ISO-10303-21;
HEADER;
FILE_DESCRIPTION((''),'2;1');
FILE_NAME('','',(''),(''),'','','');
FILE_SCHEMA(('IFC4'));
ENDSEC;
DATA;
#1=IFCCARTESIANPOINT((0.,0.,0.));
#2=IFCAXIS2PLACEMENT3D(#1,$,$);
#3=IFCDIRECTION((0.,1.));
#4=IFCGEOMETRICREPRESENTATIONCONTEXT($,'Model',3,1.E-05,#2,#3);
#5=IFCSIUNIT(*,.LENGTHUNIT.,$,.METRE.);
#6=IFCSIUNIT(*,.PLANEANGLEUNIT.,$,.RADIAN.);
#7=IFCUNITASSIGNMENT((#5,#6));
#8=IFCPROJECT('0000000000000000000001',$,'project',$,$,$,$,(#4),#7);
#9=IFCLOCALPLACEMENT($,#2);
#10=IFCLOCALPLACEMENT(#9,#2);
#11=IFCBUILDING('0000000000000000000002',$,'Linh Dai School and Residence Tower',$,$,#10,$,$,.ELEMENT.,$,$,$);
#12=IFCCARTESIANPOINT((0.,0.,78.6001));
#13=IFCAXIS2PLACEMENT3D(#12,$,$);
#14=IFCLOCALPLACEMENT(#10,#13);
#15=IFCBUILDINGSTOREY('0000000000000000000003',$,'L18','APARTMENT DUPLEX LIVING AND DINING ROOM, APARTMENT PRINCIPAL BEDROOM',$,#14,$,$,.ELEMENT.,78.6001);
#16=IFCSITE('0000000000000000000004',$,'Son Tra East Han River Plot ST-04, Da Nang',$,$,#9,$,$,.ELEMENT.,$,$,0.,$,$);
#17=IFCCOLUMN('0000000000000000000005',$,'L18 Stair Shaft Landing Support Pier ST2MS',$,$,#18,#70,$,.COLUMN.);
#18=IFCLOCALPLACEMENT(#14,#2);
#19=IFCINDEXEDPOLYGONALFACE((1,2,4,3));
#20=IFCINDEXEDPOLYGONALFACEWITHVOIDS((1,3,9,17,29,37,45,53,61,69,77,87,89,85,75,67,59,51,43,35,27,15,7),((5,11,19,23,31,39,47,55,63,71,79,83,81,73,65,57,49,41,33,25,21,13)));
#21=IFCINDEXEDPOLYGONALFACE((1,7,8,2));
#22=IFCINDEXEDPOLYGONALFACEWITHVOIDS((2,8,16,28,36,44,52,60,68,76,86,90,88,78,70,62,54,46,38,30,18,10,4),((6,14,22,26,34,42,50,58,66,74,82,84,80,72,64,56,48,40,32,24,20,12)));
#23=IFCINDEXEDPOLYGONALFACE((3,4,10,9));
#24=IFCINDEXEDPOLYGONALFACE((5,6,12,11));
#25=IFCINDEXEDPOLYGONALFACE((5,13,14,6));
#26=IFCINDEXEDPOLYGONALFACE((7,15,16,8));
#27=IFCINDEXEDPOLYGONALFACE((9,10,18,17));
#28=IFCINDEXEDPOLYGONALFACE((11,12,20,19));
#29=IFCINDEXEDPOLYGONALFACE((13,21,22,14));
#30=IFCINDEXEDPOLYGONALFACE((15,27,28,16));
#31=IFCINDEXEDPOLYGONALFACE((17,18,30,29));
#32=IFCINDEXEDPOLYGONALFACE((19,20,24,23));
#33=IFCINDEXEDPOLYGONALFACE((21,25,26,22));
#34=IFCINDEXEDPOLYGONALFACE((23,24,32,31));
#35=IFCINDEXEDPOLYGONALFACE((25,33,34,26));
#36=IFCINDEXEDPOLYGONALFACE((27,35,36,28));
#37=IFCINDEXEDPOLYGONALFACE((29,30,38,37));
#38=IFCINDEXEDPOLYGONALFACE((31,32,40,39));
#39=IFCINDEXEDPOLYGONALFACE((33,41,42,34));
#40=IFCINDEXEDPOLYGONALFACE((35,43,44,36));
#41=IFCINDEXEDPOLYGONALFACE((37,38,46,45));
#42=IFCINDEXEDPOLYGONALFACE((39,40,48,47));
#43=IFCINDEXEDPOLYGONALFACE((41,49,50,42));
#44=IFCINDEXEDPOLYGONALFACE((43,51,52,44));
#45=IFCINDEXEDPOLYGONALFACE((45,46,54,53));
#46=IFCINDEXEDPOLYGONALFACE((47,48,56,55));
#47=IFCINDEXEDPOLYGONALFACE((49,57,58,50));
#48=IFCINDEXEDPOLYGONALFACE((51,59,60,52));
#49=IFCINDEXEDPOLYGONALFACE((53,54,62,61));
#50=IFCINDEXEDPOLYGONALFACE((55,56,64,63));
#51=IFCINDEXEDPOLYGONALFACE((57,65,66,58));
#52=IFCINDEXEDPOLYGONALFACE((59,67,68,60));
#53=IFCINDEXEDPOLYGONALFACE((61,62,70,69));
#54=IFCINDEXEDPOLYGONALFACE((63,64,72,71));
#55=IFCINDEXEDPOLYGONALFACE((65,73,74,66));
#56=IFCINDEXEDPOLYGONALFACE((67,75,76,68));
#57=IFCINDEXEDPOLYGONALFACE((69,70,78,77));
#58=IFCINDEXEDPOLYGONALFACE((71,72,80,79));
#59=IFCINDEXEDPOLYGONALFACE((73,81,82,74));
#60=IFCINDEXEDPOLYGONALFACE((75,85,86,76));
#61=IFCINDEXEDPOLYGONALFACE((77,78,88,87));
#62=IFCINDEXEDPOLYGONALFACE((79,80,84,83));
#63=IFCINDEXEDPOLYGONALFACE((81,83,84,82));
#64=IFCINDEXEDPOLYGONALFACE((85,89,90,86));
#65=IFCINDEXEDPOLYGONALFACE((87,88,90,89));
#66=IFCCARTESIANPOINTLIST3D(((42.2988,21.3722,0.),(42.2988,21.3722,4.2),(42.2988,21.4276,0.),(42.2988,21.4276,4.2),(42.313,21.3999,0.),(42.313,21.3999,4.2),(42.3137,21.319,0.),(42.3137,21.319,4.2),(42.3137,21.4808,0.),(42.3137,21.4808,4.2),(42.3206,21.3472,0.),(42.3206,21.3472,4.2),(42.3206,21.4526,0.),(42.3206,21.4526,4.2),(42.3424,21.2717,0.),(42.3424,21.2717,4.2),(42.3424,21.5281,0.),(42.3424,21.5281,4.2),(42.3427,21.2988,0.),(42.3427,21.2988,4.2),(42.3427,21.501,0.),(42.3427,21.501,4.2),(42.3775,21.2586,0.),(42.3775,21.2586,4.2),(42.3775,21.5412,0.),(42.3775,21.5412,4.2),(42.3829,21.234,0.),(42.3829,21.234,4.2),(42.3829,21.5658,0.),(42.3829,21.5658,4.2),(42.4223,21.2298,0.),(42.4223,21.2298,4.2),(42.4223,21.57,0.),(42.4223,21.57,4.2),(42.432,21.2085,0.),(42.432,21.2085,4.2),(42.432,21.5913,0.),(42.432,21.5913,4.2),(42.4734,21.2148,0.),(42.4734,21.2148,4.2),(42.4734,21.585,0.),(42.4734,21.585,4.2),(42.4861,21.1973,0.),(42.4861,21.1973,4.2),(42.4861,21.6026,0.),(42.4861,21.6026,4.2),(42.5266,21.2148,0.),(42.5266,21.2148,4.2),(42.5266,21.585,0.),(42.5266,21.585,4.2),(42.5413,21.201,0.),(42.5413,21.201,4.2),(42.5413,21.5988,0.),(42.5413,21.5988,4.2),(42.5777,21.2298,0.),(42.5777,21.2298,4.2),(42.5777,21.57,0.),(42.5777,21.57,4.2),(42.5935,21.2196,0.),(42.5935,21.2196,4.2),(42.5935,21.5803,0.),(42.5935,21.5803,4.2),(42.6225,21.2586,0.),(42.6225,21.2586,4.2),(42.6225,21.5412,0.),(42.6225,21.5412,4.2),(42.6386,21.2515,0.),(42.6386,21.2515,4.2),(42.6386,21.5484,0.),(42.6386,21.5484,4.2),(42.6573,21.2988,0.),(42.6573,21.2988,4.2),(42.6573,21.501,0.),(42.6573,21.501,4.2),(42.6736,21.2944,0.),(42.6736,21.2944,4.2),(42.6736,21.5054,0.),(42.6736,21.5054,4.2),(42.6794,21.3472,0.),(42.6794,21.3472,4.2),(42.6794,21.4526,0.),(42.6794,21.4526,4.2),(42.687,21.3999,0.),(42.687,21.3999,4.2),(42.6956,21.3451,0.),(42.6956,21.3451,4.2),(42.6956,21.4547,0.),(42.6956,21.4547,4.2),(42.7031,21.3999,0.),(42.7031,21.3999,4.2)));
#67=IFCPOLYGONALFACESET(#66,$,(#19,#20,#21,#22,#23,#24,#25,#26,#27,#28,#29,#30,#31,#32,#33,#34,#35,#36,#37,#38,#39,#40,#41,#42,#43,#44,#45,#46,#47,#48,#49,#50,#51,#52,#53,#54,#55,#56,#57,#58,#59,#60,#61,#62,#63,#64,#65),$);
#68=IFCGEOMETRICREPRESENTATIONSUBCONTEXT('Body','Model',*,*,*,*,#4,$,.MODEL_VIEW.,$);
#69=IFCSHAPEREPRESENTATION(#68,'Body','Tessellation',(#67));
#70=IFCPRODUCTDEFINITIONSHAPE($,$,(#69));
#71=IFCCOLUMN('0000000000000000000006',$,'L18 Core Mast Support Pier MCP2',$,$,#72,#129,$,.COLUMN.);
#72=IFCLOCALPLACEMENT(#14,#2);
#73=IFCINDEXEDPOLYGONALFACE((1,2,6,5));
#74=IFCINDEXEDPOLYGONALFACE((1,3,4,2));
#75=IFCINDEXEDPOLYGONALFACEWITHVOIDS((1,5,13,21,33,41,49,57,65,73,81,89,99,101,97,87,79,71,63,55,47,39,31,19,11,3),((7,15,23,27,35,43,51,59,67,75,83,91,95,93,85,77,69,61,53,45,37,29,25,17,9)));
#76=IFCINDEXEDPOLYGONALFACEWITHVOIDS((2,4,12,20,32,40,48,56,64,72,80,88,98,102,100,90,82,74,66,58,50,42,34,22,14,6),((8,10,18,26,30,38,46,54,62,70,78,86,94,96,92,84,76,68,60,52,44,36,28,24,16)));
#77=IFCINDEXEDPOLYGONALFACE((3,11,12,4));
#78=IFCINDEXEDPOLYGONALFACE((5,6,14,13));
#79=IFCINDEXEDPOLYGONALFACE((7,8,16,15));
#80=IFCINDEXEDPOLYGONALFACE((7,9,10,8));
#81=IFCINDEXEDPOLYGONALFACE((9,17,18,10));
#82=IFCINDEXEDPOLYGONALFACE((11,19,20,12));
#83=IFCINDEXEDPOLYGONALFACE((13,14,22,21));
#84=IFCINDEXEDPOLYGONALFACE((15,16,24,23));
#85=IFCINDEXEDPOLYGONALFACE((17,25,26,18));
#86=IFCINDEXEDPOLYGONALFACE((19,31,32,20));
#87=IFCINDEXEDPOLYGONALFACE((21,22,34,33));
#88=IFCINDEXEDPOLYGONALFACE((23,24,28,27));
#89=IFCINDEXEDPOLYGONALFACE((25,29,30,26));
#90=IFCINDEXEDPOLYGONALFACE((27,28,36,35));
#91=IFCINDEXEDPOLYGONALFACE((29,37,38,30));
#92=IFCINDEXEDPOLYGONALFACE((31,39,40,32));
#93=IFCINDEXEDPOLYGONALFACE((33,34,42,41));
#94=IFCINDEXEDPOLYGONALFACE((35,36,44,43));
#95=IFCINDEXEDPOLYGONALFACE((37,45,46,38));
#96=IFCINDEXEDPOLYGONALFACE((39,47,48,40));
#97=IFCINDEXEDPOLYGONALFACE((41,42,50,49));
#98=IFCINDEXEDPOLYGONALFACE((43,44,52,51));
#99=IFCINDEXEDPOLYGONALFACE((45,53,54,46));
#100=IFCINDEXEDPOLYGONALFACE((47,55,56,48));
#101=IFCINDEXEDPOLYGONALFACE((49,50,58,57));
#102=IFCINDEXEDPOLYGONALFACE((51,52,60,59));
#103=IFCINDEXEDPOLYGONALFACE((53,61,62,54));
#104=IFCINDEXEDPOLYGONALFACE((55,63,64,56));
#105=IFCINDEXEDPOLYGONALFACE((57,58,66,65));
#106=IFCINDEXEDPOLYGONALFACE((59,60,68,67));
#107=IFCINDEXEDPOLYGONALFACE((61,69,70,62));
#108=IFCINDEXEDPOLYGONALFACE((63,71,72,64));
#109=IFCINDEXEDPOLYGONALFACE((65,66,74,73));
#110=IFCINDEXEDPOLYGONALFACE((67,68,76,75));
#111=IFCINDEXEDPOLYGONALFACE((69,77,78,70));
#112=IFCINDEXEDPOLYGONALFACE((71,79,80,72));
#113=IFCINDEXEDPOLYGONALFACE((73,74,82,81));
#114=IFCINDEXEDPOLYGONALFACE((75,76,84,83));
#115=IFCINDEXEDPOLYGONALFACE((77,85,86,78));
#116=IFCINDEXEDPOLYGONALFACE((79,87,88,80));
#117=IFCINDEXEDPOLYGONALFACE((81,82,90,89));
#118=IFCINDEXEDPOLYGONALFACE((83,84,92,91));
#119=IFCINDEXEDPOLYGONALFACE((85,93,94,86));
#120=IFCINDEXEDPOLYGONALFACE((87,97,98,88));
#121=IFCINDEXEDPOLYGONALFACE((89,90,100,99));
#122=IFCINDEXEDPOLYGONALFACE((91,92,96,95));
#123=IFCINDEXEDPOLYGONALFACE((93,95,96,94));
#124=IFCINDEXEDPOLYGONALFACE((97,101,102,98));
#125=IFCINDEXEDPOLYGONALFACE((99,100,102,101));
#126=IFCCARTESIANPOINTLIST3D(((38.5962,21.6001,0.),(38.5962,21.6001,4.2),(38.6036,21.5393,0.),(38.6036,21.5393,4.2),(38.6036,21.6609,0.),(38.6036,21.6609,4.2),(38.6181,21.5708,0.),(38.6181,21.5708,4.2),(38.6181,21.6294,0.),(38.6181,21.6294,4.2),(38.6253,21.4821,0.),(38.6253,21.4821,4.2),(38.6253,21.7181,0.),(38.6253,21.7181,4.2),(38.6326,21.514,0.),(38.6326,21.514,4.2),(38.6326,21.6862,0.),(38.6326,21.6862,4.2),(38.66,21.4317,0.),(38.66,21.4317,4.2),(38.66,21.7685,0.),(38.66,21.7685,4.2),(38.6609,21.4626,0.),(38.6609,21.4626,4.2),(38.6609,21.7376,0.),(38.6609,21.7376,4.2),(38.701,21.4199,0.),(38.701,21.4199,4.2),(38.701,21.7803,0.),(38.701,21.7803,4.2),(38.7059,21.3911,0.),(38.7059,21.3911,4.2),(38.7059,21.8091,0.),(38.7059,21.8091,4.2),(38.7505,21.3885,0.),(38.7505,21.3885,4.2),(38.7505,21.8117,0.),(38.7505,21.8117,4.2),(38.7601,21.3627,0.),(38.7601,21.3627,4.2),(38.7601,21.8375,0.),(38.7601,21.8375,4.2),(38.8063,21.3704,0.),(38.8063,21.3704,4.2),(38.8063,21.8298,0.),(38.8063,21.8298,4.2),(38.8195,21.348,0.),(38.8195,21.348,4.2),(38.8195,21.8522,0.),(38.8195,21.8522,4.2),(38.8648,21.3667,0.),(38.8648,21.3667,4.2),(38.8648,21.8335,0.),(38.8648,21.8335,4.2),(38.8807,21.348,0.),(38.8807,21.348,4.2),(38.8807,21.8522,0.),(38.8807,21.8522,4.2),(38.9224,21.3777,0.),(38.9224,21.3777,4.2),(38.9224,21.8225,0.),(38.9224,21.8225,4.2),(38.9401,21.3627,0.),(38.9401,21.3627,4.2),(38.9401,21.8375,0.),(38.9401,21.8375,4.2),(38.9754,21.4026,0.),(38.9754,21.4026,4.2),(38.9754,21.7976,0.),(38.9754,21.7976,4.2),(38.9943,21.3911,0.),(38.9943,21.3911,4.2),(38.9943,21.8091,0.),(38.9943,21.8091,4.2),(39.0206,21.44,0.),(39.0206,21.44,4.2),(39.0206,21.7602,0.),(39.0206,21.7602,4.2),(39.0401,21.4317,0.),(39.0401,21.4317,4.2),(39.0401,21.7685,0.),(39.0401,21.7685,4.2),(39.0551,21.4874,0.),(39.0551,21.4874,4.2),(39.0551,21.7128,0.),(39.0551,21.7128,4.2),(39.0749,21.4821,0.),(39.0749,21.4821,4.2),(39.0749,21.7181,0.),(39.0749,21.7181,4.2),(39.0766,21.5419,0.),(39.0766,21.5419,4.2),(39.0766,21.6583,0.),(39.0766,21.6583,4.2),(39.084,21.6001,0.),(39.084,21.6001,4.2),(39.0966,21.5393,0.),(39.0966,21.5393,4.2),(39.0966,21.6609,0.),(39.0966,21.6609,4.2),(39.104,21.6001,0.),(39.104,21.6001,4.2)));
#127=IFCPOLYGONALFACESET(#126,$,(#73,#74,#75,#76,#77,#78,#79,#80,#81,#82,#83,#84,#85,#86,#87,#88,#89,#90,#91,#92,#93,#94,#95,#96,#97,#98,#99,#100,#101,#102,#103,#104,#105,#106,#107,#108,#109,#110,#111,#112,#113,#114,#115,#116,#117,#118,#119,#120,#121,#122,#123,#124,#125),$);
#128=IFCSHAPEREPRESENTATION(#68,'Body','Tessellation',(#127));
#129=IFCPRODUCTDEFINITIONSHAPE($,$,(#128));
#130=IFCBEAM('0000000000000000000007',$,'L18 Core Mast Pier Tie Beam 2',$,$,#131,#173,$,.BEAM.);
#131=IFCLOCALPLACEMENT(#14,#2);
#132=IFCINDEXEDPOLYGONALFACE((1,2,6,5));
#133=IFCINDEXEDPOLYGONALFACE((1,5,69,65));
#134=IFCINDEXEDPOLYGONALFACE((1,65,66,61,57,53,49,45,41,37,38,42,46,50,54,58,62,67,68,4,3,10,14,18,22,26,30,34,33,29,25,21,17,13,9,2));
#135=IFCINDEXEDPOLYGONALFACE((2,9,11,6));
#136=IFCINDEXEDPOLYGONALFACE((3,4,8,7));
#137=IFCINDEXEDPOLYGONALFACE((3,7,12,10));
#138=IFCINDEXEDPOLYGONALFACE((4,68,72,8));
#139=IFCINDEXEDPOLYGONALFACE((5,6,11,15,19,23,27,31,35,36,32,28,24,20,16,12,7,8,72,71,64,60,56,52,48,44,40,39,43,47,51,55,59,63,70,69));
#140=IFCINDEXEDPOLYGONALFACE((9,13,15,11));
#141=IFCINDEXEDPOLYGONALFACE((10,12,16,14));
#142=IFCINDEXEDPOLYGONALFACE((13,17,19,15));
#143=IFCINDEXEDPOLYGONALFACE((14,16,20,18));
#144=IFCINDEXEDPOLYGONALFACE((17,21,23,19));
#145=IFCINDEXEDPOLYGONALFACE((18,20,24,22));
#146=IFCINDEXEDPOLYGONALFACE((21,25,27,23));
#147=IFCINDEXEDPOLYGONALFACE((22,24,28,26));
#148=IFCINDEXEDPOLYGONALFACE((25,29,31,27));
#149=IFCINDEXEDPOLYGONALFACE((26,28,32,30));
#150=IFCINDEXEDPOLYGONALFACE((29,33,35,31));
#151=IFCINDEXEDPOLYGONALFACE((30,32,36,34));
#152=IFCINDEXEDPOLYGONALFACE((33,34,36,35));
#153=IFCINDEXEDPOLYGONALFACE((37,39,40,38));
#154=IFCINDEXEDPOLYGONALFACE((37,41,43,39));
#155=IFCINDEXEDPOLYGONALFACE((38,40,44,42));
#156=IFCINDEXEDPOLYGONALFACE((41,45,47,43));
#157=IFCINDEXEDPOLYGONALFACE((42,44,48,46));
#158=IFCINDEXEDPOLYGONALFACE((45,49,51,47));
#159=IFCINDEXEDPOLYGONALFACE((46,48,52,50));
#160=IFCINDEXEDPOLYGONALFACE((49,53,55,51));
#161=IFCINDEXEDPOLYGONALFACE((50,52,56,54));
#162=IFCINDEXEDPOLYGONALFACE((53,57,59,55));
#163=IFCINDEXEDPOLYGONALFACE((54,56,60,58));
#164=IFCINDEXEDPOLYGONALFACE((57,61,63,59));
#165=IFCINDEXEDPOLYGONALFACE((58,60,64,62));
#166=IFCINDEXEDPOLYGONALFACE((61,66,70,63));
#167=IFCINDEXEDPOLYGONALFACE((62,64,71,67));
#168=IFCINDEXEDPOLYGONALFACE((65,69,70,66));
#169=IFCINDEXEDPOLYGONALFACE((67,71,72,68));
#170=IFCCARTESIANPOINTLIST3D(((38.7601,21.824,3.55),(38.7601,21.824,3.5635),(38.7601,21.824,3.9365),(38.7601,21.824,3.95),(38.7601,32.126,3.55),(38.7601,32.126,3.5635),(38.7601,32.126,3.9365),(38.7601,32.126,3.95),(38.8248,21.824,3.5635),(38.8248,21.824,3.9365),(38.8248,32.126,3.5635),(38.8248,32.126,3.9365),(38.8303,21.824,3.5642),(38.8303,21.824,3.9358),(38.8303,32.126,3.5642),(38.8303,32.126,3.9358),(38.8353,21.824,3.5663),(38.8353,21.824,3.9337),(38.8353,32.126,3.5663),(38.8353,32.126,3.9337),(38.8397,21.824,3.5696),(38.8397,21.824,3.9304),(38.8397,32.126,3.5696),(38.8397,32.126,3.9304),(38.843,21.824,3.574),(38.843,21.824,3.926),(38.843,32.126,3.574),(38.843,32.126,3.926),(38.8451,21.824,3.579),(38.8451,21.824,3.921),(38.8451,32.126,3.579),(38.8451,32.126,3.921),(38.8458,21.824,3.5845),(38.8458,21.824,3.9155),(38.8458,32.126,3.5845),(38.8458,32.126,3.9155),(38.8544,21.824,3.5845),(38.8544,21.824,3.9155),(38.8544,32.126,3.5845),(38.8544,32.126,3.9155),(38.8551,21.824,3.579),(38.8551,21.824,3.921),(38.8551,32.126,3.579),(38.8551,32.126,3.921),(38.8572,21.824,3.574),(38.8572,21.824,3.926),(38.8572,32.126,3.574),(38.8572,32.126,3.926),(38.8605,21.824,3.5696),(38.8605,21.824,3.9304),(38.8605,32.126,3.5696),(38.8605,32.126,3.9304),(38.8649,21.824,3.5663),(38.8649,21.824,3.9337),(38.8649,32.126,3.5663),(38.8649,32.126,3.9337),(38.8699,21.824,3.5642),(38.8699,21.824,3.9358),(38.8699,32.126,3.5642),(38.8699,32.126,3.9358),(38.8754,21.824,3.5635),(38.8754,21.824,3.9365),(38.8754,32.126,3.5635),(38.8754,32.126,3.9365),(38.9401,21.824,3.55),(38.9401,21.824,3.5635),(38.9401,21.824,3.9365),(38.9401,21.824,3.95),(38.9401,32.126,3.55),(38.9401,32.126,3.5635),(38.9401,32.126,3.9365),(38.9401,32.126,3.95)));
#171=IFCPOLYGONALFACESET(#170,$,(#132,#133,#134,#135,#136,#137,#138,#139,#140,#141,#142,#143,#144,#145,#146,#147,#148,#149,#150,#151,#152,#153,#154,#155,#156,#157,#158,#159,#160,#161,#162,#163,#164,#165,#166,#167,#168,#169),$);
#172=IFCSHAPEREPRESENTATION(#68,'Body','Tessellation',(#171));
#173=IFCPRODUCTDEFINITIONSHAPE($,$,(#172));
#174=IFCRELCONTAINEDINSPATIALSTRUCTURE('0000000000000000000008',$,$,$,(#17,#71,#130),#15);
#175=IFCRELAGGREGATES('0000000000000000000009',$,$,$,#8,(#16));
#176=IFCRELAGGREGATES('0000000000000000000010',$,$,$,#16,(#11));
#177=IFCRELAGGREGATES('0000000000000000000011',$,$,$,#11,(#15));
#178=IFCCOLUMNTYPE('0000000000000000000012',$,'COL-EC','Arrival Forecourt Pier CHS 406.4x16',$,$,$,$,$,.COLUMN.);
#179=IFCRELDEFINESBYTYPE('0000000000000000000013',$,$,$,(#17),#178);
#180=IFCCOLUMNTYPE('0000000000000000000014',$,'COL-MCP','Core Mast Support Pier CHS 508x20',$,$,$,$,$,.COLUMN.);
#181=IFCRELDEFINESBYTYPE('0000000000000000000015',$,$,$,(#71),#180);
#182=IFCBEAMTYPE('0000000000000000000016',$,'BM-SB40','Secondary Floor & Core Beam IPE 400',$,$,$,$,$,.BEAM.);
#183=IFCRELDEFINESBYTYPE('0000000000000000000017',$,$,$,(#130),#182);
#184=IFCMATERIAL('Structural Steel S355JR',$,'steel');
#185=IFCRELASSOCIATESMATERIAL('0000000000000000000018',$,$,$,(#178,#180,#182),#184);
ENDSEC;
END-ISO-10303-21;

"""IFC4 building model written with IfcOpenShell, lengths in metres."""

from ifc_helpers import new_model, si_unit, direction, frame, origin, origin_2d, place, context, subcontext, project, spatial, hollow_circle, i_section, extrude, material, material_profile, profile_set, type_object, element, save


model = new_model("IFC4")

# Units and contexts
model_context = context("Model", 3, precision=1e-05, world=origin(), true_north=direction((0.0, 1.0)))
body_context = subcontext(model_context, "Body", "Model", "MODEL_VIEW")
ifc_project = project(units=[si_unit("LENGTHUNIT", "METRE"), si_unit("PLANEANGLEUNIT", "RADIAN")], contexts=[model_context])

# Site, building, storey
site_placement = place(None, origin())
site = spatial("IfcSite", under=ifc_project, at=site_placement, Name="Son Tra East Han River Plot ST-04, Da Nang", CompositionType="ELEMENT", RefElevation=0.0)
building_placement = place(site_placement, origin())
building = spatial("IfcBuilding", under=site, at=building_placement, Name="Linh Dai School and Residence Tower", CompositionType="ELEMENT")
storey_placement = place(building_placement, frame((0.0, 0.0, 78.6001)))
storey = spatial("IfcBuildingStorey", under=building, at=storey_placement, Name="L18", Description="APARTMENT DUPLEX LIVING AND DINING ROOM, APARTMENT PRINCIPAL BEDROOM", CompositionType="ELEMENT", Elevation=78.6001)

# Columns
ifc_material_1 = material(Name="Structural Steel S355JR", Category="steel")
ifc_material_profile_1 = material_profile(ifc_material_1, hollow_circle(Radius=0.2031, WallThickness=0.0161, at=origin_2d()), Name="CHS 406.4x16")
ifc_profile_set_1 = profile_set([ifc_material_profile_1], Name="Structural Steel S355JR")
column_type_1 = type_object("IfcColumnType", Name="COL-EC", Description="Arrival Forecourt Pier CHS 406.4x16", PredefinedType="COLUMN", material=ifc_profile_set_1)
column_1_placement = place(storey_placement, frame((42.5, 21.3999, 0.0), z_axis=(0.0, 0.0, 1.0), x_axis=(1.0, 0.0, 0.0)))
element("IfcColumn", 1, at=column_1_placement, inside=storey, type_object=column_type_1, Name="L18 Stair Shaft Landing Support Pier ST2MS", PredefinedType="COLUMN", context=body_context, shape_type="SweptSolid", body=[
    extrude(hollow_circle(Radius=0.2031, WallThickness=0.0161, at=origin_2d()), origin(), (0.0, 0.0, 1.0), 4.2),
])
ifc_material_profile_2 = material_profile(ifc_material_1, hollow_circle(Radius=0.2539, WallThickness=0.02, at=origin_2d()), Name="CHS 508x20")
ifc_profile_set_2 = profile_set([ifc_material_profile_2], Name="Structural Steel S355JR")
column_type_2 = type_object("IfcColumnType", Name="COL-MCP", Description="Core Mast Support Pier CHS 508x20", PredefinedType="COLUMN", material=ifc_profile_set_2)
column_2_placement = place(storey_placement, frame((38.8501, 21.6001, 0.0), z_axis=(0.0, 0.0, 1.0), x_axis=(1.0, 0.0, 0.0)))
element("IfcColumn", 2, at=column_2_placement, inside=storey, type_object=column_type_2, Name="L18 Core Mast Support Pier MCP2", PredefinedType="COLUMN", context=body_context, shape_type="SweptSolid", body=[
    extrude(hollow_circle(Radius=0.2539, WallThickness=0.02, at=origin_2d()), origin(), (0.0, 0.0, 1.0), 4.2),
])

# Beam
ifc_material_profile_3 = material_profile(ifc_material_1, i_section(OverallWidth=0.1799, OverallDepth=0.3999, WebThickness=0.0085, FlangeThickness=0.0134, FilletRadius=0.021, at=origin_2d()), Name="IPE 400")
ifc_profile_set_3 = profile_set([ifc_material_profile_3], Name="Structural Steel S355JR")
beam_type = type_object("IfcBeamType", Name="BM-SB40", Description="Secondary Floor & Core Beam IPE 400", PredefinedType="BEAM", material=ifc_profile_set_3)
beam_placement = place(storey_placement, frame((38.8501, 21.824, 3.75), z_axis=(0.0, 1.0, 0.0), x_axis=(-1.0, 0.0, 0.0)))
element("IfcBeam", 3, at=beam_placement, inside=storey, type_object=beam_type, Name="L18 Core Mast Pier Tie Beam 2", PredefinedType="BEAM", context=body_context, shape_type="SweptSolid", body=[
    extrude(i_section(OverallWidth=0.1799, OverallDepth=0.3999, WebThickness=0.0085, FlangeThickness=0.0134, FilletRadius=0.021, at=origin_2d()), origin(), (0.0, 0.0, 1.0), 10.302),
])

save(model, "model.ifc")
